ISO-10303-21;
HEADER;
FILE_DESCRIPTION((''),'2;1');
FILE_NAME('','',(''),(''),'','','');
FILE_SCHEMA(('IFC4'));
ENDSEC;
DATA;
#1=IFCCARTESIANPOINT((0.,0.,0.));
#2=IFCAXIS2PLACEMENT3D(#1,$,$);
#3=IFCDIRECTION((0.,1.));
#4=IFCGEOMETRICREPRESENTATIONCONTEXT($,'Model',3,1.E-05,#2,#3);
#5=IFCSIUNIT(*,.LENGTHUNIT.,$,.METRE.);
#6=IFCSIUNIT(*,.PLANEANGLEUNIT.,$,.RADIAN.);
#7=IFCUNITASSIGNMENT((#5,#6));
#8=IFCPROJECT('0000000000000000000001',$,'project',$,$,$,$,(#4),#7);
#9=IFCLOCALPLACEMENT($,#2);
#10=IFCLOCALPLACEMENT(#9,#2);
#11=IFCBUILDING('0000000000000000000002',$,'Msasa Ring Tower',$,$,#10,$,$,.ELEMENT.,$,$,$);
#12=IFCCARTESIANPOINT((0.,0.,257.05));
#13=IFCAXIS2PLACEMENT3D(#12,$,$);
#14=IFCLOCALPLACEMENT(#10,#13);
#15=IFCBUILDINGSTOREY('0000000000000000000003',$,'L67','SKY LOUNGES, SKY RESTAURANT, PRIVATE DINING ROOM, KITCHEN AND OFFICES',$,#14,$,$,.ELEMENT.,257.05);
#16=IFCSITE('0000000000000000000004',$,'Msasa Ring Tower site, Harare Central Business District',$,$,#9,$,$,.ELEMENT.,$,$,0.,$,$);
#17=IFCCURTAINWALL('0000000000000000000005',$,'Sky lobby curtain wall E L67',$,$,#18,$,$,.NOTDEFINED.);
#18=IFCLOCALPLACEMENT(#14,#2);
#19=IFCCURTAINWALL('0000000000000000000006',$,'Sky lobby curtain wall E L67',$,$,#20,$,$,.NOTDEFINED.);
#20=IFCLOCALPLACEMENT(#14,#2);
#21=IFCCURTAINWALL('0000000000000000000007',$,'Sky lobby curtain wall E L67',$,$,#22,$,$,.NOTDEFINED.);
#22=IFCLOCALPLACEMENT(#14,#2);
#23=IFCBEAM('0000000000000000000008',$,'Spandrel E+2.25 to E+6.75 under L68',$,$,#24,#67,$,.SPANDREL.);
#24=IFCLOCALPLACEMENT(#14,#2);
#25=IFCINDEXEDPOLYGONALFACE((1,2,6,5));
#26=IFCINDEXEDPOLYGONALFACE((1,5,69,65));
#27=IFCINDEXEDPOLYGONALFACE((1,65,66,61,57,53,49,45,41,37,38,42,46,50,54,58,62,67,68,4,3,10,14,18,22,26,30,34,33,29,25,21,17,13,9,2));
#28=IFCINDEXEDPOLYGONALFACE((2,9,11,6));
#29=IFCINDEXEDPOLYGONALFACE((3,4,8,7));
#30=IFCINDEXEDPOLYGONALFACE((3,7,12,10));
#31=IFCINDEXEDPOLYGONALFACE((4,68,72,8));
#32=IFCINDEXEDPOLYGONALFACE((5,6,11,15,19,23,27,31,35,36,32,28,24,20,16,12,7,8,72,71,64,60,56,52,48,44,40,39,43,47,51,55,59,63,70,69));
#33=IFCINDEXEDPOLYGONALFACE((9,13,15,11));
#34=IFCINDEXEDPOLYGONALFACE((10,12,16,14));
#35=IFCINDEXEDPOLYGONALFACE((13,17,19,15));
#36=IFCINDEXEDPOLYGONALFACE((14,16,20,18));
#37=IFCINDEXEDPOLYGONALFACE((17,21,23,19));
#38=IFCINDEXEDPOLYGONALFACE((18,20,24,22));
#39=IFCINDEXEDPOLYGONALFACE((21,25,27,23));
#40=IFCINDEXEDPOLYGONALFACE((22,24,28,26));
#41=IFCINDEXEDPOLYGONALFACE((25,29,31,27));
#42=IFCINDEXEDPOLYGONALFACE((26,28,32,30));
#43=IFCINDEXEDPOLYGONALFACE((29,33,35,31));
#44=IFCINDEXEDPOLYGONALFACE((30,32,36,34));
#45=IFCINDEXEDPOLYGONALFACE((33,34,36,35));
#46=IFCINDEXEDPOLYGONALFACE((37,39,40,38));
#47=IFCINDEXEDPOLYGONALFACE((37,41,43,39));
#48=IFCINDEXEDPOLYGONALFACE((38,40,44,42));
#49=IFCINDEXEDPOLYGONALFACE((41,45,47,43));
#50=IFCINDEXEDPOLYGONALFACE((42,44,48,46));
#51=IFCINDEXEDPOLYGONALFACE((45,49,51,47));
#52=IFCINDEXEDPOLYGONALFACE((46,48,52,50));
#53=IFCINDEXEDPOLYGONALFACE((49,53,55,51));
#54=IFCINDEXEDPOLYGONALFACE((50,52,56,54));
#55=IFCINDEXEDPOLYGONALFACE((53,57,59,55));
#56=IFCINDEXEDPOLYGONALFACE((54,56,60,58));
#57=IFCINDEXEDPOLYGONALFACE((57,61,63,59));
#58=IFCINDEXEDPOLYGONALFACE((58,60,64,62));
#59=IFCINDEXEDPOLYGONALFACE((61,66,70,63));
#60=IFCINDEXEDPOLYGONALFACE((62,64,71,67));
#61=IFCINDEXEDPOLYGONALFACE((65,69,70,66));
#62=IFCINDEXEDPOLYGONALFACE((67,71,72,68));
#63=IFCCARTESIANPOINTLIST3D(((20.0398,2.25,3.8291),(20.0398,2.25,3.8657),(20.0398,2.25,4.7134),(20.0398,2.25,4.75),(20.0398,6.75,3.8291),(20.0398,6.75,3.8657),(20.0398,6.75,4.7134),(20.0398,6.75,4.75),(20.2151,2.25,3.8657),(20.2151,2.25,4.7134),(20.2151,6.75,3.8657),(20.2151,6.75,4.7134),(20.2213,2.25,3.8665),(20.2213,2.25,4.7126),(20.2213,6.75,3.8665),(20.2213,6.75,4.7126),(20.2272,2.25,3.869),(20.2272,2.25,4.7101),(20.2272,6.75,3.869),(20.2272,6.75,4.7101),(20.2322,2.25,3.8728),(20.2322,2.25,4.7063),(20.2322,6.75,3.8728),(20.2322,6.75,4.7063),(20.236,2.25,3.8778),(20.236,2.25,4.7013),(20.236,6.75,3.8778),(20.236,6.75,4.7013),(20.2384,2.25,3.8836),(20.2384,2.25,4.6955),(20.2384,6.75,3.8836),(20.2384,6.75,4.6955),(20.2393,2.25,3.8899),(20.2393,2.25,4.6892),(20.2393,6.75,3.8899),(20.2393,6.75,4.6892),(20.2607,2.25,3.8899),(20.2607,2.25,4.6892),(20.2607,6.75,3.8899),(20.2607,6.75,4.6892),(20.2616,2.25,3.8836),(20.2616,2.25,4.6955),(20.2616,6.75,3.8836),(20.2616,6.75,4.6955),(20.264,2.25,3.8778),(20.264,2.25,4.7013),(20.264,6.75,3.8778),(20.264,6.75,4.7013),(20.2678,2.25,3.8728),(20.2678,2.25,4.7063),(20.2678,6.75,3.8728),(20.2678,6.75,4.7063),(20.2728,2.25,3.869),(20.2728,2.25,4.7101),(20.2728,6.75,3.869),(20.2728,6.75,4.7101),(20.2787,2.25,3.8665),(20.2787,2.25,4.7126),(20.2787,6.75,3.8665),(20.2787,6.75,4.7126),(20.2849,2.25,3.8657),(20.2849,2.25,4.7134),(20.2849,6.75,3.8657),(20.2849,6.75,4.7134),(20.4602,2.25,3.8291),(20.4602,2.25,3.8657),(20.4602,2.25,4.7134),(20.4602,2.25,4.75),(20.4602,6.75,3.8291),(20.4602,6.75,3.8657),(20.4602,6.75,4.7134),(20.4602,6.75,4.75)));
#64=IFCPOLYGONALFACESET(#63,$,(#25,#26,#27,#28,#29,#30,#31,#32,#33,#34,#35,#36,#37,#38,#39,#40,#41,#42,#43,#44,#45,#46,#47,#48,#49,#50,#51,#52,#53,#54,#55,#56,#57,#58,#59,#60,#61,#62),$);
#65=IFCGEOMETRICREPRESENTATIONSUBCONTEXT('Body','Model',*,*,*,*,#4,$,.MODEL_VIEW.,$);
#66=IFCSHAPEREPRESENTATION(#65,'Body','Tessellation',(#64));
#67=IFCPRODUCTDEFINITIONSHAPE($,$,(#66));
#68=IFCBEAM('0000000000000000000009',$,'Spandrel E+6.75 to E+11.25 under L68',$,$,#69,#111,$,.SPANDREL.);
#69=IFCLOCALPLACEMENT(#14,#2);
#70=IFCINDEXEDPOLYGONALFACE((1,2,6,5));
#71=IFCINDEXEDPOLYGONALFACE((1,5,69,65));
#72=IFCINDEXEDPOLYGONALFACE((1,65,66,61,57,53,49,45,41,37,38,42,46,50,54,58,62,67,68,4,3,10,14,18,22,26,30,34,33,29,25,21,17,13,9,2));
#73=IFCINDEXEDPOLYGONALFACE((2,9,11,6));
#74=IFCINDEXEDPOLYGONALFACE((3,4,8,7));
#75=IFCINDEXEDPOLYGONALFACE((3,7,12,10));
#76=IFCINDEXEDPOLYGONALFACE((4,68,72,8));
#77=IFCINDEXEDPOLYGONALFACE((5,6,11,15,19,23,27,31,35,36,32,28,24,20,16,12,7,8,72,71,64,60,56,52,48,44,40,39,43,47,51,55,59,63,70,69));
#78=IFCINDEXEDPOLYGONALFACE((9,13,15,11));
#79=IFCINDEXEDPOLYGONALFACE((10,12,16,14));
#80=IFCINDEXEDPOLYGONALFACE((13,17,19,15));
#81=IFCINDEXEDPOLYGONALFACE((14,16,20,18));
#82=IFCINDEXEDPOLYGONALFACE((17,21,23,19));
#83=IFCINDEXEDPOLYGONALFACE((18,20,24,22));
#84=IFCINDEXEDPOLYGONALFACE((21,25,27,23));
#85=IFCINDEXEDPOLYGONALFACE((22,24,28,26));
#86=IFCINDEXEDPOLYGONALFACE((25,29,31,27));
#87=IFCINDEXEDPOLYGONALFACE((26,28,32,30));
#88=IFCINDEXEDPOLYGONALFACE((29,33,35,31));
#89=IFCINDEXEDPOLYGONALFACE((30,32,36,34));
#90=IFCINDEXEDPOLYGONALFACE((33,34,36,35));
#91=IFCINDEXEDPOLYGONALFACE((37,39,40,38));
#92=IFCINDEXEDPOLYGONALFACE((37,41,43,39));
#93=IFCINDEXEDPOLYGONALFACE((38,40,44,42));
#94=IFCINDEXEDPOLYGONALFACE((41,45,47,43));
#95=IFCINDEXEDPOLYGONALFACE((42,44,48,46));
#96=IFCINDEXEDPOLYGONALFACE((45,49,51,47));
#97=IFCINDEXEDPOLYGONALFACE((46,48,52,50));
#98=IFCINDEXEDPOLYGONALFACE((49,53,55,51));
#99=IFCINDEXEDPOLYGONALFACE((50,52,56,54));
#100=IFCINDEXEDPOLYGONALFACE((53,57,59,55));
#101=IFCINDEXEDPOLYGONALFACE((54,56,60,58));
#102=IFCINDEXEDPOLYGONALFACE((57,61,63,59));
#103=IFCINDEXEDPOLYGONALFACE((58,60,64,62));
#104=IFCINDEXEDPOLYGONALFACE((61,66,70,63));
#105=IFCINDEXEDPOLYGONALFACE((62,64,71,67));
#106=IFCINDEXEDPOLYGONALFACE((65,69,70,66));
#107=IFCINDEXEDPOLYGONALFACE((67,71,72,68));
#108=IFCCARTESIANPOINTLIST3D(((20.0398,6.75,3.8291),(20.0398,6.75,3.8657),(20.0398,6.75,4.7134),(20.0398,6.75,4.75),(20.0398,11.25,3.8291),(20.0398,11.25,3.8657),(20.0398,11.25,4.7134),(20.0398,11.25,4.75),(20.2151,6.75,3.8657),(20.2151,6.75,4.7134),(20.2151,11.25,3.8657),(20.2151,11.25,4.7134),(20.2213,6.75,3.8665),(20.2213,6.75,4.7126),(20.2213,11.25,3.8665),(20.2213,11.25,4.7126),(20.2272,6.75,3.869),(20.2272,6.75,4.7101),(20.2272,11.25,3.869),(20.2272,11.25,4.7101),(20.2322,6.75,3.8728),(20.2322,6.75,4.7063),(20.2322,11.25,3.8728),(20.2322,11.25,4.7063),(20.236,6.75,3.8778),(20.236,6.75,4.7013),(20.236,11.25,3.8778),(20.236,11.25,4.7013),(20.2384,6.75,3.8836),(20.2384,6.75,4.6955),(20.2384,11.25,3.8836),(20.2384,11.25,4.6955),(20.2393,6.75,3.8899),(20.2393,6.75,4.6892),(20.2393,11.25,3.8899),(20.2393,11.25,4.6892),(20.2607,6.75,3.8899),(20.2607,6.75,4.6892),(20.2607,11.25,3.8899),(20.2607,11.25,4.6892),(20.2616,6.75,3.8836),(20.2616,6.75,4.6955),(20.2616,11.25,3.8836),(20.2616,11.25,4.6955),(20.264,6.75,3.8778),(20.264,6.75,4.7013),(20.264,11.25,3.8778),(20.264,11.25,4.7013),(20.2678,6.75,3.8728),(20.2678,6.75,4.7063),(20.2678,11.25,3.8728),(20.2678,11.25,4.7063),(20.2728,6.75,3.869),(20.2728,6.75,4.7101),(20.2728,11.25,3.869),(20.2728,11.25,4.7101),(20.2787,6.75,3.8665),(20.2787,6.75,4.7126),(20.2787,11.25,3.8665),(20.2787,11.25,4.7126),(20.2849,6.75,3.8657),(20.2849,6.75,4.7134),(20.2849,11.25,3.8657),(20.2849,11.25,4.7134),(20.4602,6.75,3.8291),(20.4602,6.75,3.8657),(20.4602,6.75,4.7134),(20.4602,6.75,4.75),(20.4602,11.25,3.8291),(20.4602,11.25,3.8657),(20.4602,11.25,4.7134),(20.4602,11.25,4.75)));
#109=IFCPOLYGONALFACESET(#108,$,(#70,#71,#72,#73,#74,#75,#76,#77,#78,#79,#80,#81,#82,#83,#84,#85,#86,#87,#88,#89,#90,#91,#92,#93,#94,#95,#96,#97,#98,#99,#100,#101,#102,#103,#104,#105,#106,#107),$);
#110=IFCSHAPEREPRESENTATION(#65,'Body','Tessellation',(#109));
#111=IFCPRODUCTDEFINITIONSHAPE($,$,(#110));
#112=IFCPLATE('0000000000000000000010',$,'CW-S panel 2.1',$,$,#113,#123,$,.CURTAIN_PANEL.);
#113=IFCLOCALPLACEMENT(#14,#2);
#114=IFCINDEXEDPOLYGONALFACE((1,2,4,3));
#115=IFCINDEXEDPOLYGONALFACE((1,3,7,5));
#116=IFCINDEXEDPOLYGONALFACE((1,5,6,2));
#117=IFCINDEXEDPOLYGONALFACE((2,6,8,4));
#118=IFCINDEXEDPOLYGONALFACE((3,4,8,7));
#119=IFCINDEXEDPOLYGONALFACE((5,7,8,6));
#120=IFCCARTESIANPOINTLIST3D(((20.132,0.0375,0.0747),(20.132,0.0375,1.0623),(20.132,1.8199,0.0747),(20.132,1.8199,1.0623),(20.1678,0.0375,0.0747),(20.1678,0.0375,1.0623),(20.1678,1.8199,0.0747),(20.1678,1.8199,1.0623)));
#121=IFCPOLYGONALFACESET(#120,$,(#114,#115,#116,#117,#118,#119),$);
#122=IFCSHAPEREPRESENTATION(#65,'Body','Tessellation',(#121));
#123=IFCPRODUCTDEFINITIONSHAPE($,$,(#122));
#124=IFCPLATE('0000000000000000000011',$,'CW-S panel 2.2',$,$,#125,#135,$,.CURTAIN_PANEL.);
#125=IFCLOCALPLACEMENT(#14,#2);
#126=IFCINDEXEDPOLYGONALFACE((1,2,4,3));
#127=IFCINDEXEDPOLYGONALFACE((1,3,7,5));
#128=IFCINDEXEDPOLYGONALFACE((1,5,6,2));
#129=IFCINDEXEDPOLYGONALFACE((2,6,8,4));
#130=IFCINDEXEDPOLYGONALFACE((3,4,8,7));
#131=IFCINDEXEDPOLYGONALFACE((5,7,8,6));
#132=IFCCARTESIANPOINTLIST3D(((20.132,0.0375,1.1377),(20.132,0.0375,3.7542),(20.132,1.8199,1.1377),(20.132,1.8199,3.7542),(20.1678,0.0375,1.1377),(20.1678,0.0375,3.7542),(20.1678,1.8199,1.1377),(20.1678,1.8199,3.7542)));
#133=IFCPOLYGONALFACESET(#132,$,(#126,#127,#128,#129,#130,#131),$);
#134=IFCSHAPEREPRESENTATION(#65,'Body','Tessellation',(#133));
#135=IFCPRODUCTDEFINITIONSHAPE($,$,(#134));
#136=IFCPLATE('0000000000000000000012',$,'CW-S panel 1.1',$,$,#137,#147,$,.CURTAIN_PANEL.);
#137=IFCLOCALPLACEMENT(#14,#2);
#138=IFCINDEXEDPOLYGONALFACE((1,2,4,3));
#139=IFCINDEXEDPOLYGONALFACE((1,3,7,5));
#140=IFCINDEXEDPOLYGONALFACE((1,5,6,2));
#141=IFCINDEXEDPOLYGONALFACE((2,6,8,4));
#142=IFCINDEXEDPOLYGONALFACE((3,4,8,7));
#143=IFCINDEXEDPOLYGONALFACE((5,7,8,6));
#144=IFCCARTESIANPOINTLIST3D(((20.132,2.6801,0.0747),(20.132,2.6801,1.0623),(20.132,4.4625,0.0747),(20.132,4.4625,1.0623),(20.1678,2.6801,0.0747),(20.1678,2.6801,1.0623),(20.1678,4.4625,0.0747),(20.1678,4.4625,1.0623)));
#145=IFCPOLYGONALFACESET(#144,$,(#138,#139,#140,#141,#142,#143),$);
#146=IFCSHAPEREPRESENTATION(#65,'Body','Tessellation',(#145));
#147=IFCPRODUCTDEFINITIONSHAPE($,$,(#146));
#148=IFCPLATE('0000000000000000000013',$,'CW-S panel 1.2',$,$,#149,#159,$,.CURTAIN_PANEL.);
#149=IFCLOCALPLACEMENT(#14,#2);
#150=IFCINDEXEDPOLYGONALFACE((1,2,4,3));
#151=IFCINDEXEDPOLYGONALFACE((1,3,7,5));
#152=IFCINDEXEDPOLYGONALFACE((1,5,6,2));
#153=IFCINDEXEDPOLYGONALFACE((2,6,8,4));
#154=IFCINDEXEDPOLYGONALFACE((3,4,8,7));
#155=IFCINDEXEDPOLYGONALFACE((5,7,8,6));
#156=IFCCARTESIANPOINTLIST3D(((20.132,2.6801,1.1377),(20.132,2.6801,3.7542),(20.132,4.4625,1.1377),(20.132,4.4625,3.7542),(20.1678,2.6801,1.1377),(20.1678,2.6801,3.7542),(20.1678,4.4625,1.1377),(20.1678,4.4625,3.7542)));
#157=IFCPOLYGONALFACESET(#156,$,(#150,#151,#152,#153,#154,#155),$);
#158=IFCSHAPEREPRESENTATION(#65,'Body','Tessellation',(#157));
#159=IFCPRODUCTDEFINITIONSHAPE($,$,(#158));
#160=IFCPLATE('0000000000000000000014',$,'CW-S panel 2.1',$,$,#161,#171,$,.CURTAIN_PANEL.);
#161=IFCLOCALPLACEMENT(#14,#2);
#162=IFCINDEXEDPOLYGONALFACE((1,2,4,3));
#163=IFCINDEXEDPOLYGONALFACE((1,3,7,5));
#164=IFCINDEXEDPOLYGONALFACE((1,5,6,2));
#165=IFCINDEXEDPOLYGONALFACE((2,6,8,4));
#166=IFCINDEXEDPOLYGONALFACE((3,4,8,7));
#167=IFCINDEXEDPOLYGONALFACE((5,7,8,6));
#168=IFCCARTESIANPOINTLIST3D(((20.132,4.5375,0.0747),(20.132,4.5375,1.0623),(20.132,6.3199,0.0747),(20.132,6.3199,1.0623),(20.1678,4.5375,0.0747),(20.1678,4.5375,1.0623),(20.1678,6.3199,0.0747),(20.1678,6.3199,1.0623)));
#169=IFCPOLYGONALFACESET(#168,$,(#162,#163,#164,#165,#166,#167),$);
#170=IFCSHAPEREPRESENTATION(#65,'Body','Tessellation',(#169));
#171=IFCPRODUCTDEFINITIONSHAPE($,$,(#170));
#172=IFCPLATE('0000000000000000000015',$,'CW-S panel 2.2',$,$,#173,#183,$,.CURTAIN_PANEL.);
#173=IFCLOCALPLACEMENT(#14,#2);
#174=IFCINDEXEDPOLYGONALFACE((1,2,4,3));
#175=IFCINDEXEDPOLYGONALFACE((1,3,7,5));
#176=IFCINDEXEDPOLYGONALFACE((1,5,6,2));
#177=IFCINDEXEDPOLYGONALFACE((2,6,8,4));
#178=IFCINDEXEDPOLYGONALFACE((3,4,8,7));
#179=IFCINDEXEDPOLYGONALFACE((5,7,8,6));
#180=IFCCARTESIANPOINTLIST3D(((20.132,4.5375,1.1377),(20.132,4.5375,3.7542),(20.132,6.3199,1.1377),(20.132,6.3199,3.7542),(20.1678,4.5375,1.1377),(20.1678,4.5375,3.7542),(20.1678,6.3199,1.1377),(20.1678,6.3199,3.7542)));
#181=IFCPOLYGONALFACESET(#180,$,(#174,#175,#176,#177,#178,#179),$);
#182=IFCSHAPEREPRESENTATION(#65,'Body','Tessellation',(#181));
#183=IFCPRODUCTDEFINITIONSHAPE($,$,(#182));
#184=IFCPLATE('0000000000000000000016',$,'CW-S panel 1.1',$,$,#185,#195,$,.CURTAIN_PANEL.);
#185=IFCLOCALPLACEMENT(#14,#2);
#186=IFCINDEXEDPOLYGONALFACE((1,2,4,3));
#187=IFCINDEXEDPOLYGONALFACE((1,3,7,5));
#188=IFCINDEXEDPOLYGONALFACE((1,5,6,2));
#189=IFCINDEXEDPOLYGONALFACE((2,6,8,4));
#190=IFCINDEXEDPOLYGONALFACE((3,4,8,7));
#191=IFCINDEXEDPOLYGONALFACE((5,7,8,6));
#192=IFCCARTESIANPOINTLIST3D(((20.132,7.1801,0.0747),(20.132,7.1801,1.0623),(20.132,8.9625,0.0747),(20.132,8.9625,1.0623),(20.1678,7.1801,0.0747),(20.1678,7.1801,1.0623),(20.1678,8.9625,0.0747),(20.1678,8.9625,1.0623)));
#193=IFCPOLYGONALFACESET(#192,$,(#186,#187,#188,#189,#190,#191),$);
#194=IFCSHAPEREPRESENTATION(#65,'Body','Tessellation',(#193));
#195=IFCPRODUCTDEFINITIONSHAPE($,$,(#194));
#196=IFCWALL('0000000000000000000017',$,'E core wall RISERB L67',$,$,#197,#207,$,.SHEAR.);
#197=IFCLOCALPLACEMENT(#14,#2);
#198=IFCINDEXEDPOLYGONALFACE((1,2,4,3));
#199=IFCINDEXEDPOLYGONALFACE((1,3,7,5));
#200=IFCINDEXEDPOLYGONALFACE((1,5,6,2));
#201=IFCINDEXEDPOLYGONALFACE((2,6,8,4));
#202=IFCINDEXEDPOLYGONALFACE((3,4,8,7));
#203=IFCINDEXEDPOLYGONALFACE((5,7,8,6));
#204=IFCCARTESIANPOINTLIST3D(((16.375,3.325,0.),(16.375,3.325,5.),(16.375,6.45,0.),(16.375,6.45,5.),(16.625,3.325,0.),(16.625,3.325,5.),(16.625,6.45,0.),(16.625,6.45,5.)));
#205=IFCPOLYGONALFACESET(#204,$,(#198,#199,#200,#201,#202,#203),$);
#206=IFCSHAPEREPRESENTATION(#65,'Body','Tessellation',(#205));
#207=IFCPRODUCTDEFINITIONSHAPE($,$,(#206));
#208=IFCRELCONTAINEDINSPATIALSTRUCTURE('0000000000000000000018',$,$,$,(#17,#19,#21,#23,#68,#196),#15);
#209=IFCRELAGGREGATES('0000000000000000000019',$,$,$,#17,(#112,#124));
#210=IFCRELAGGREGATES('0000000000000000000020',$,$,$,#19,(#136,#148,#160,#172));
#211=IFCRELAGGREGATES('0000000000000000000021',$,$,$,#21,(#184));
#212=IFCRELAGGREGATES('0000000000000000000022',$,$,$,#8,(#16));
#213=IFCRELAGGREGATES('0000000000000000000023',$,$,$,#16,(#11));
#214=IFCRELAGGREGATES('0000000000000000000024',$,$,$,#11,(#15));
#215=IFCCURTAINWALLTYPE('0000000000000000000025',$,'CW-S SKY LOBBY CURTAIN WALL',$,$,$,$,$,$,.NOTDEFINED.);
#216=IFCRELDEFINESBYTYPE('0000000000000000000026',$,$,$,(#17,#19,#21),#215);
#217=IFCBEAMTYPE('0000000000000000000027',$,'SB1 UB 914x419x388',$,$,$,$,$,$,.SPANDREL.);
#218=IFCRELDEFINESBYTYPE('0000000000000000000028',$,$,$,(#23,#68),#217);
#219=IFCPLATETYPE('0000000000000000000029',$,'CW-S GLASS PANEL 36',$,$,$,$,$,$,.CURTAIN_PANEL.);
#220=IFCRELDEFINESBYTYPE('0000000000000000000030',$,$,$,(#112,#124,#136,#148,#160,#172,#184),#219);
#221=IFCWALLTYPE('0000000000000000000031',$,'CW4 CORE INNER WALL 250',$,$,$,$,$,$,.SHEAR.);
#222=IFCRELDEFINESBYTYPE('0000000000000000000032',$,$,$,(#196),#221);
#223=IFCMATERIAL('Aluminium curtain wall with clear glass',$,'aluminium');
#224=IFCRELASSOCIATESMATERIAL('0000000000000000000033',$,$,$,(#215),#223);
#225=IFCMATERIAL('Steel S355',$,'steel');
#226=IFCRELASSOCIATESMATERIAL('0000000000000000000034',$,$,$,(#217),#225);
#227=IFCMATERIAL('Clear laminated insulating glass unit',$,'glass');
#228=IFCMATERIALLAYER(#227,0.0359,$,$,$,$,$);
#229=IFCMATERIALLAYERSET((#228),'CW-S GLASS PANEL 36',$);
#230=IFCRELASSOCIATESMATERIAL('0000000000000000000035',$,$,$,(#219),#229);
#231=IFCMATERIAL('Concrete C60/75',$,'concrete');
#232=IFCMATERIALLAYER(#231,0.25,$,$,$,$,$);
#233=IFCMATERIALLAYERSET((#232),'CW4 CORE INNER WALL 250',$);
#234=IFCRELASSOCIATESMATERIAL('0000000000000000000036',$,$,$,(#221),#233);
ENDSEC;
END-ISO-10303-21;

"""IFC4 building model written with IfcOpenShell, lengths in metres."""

from ifc_helpers import new_model, si_unit, direction, frame, frame_2d, origin, origin_2d, place, context, subcontext, project, spatial, rectangle, i_section, extrude, material, layer, layer_set, material_profile, profile_set, type_object, element, aggregate, save


model = new_model("IFC4")

# Units and contexts
model_context = context("Model", 3, precision=1e-05, world=origin(), true_north=direction((0.0, 1.0)))
body_context = subcontext(model_context, "Body", "Model", "MODEL_VIEW")
ifc_project = project(units=[si_unit("LENGTHUNIT", "METRE"), si_unit("PLANEANGLEUNIT", "RADIAN")], contexts=[model_context])

# Site, building, storey
site_placement = place(None, origin())
site = spatial("IfcSite", under=ifc_project, at=site_placement, Name="Msasa Ring Tower site, Harare Central Business District", CompositionType="ELEMENT", RefElevation=0.0)
building_placement = place(site_placement, origin())
building = spatial("IfcBuilding", under=site, at=building_placement, Name="Msasa Ring Tower", CompositionType="ELEMENT")
storey_placement = place(building_placement, frame((0.0, 0.0, 257.05)))
storey = spatial("IfcBuildingStorey", under=building, at=storey_placement, Name="L67", Description="SKY LOUNGES, SKY RESTAURANT, PRIVATE DINING ROOM, KITCHEN AND OFFICES", CompositionType="ELEMENT", Elevation=257.05)

# Curtain walls
ifc_material_1 = material(Name="Aluminium curtain wall with clear glass", Category="aluminium")
curtain_wall_type = type_object("IfcCurtainWallType", Name="CW-S SKY LOBBY CURTAIN WALL", PredefinedType="NOTDEFINED", material=ifc_material_1)
curtain_wall_1_placement = place(storey_placement, origin())
curtain_wall_1 = element("IfcCurtainWall", 1, at=curtain_wall_1_placement, inside=storey, type_object=curtain_wall_type, Name="Sky lobby curtain wall E L67", PredefinedType="NOTDEFINED")
curtain_wall_2_placement = place(storey_placement, origin())
curtain_wall_2 = element("IfcCurtainWall", 2, at=curtain_wall_2_placement, inside=storey, type_object=curtain_wall_type, Name="Sky lobby curtain wall E L67", PredefinedType="NOTDEFINED")

# Curtain wall
curtain_wall_3_placement = place(storey_placement, origin())
curtain_wall_3 = element("IfcCurtainWall", 3, at=curtain_wall_3_placement, inside=storey, type_object=curtain_wall_type, Name="Sky lobby curtain wall E L67", PredefinedType="NOTDEFINED")

# Beams
ifc_material_2 = material(Name="Steel S355", Category="steel")
ifc_material_profile_1 = material_profile(ifc_material_2, i_section(OverallWidth=0.4204, OverallDepth=0.9209, WebThickness=0.0215, FlangeThickness=0.0366, FilletRadius=0.0242, at=origin_2d()), Name="UB 914x419x388")
ifc_profile_set_1 = profile_set([ifc_material_profile_1], Name="Steel S355")
beam_type_1 = type_object("IfcBeamType", Name="SB1 UB 914x419x388", PredefinedType="SPANDREL", material=ifc_profile_set_1)
for number, where, z_axis, x_axis, name in (
    (4, (20.25, 2.25, 4.2896), (0.0, 1.0, 0.0), (-1.0, 0.0, 0.0), "Spandrel E+2.25 to E+6.75 under L68"),
    (5, (20.25, 6.75, 4.2896), (0.0, 1.0, 0.0), (-1.0, 0.0, 0.0), "Spandrel E+6.75 to E+11.25 under L68"),
):
    element("IfcBeam", number, at=place(storey_placement, frame(where, z_axis=z_axis, x_axis=x_axis)), inside=storey, type_object=beam_type_1, Name=name, PredefinedType="SPANDREL", context=body_context, shape_type="SweptSolid", body=[
        extrude(i_section(OverallWidth=0.4204, OverallDepth=0.9209, WebThickness=0.0215, FlangeThickness=0.0366, FilletRadius=0.0242, at=origin_2d()), origin(), (0.0, 0.0, 1.0), 4.5),
    ])

# Plates
ifc_material_3 = material(Name="Clear laminated insulating glass unit", Category="glass")
ifc_layer_1 = layer(ifc_material_3, 0.0359)
ifc_layer_set_1 = layer_set([ifc_layer_1], Name="CW-S GLASS PANEL 36")
plate_type = type_object("IfcPlateType", Name="CW-S GLASS PANEL 36", PredefinedType="CURTAIN_PANEL", material=ifc_layer_set_1)
plate_1_placement = place(storey_placement, frame((20.1499, 0.9287, 0.0747), z_axis=(0.0, 0.0, 1.0), x_axis=(0.0, 1.0, 0.0)))
plate_1 = element("IfcPlate", 6, at=plate_1_placement, type_object=plate_type, Name="CW-S panel 2.1", PredefinedType="CURTAIN_PANEL", context=body_context, shape_type="SweptSolid", body=[
    extrude(rectangle(XDim=1.7825, YDim=0.0359, at=origin_2d()), origin(), (0.0, 0.0, 1.0), 0.9875),
])
plate_2_placement = place(storey_placement, frame((20.1499, 0.9287, 1.1377), z_axis=(0.0, 0.0, 1.0), x_axis=(0.0, 1.0, 0.0)))
plate_2 = element("IfcPlate", 7, at=plate_2_placement, type_object=plate_type, Name="CW-S panel 2.2", PredefinedType="CURTAIN_PANEL", context=body_context, shape_type="SweptSolid", body=[
    extrude(rectangle(XDim=1.7825, YDim=0.0359, at=origin_2d()), origin(), (0.0, 0.0, 1.0), 2.6165),
])
aggregate(curtain_wall_1, [plate_1, plate_2])
plate_3_placement = place(storey_placement, frame((20.1499, 3.5713, 0.0747), z_axis=(0.0, 0.0, 1.0), x_axis=(0.0, 1.0, 0.0)))
plate_3 = element("IfcPlate", 8, at=plate_3_placement, type_object=plate_type, Name="CW-S panel 1.1", PredefinedType="CURTAIN_PANEL", context=body_context, shape_type="SweptSolid", body=[
    extrude(rectangle(XDim=1.7825, YDim=0.0359, at=origin_2d()), origin(), (0.0, 0.0, 1.0), 0.9875),
])
plate_4_placement = place(storey_placement, frame((20.1499, 3.5713, 1.1377), z_axis=(0.0, 0.0, 1.0), x_axis=(0.0, 1.0, 0.0)))
plate_4 = element("IfcPlate", 9, at=plate_4_placement, type_object=plate_type, Name="CW-S panel 1.2", PredefinedType="CURTAIN_PANEL", context=body_context, shape_type="SweptSolid", body=[
    extrude(rectangle(XDim=1.7825, YDim=0.0359, at=origin_2d()), origin(), (0.0, 0.0, 1.0), 2.6165),
])
plate_5_placement = place(storey_placement, frame((20.1499, 5.4287, 0.0747), z_axis=(0.0, 0.0, 1.0), x_axis=(0.0, 1.0, 0.0)))
plate_5 = element("IfcPlate", 10, at=plate_5_placement, type_object=plate_type, Name="CW-S panel 2.1", PredefinedType="CURTAIN_PANEL", context=body_context, shape_type="SweptSolid", body=[
    extrude(rectangle(XDim=1.7825, YDim=0.0359, at=origin_2d()), origin(), (0.0, 0.0, 1.0), 0.9875),
])
plate_6_placement = place(storey_placement, frame((20.1499, 5.4287, 1.1377), z_axis=(0.0, 0.0, 1.0), x_axis=(0.0, 1.0, 0.0)))
plate_6 = element("IfcPlate", 11, at=plate_6_placement, type_object=plate_type, Name="CW-S panel 2.2", PredefinedType="CURTAIN_PANEL", context=body_context, shape_type="SweptSolid", body=[
    extrude(rectangle(XDim=1.7825, YDim=0.0359, at=origin_2d()), origin(), (0.0, 0.0, 1.0), 2.6165),
])
aggregate(curtain_wall_2, [plate_3, plate_4, plate_5, plate_6])
plate_7_placement = place(storey_placement, frame((20.1499, 8.0713, 0.0747), z_axis=(0.0, 0.0, 1.0), x_axis=(0.0, 1.0, 0.0)))
plate_7 = element("IfcPlate", 12, at=plate_7_placement, type_object=plate_type, Name="CW-S panel 1.1", PredefinedType="CURTAIN_PANEL", context=body_context, shape_type="SweptSolid", body=[
    extrude(rectangle(XDim=1.7825, YDim=0.0359, at=origin_2d()), origin(), (0.0, 0.0, 1.0), 0.9875),
])
aggregate(curtain_wall_3, [plate_7])

# Wall
ifc_material_4 = material(Name="Concrete C60/75", Category="concrete")
ifc_layer_2 = layer(ifc_material_4, 0.25)
ifc_layer_set_2 = layer_set([ifc_layer_2], Name="CW4 CORE INNER WALL 250")
wall_type = type_object("IfcWallType", Name="CW4 CORE INNER WALL 250", PredefinedType="SHEAR", material=ifc_layer_set_2)
wall_1_placement = place(storey_placement, frame((16.5, 3.325, 0.0), z_axis=(0.0, 0.0, 1.0), x_axis=(0.0, 1.0, 0.0)))
element("IfcWall", 13, at=wall_1_placement, inside=storey, type_object=wall_type, Name="E core wall RISERB L67", PredefinedType="SHEAR", context=body_context, shape_type="SweptSolid", body=[
    extrude(rectangle(XDim=3.125, YDim=0.25, at=frame_2d((1.5625, 0.0))), origin(), (0.0, 0.0, 1.0), 5.0),
])

save(model, "model.ifc")
